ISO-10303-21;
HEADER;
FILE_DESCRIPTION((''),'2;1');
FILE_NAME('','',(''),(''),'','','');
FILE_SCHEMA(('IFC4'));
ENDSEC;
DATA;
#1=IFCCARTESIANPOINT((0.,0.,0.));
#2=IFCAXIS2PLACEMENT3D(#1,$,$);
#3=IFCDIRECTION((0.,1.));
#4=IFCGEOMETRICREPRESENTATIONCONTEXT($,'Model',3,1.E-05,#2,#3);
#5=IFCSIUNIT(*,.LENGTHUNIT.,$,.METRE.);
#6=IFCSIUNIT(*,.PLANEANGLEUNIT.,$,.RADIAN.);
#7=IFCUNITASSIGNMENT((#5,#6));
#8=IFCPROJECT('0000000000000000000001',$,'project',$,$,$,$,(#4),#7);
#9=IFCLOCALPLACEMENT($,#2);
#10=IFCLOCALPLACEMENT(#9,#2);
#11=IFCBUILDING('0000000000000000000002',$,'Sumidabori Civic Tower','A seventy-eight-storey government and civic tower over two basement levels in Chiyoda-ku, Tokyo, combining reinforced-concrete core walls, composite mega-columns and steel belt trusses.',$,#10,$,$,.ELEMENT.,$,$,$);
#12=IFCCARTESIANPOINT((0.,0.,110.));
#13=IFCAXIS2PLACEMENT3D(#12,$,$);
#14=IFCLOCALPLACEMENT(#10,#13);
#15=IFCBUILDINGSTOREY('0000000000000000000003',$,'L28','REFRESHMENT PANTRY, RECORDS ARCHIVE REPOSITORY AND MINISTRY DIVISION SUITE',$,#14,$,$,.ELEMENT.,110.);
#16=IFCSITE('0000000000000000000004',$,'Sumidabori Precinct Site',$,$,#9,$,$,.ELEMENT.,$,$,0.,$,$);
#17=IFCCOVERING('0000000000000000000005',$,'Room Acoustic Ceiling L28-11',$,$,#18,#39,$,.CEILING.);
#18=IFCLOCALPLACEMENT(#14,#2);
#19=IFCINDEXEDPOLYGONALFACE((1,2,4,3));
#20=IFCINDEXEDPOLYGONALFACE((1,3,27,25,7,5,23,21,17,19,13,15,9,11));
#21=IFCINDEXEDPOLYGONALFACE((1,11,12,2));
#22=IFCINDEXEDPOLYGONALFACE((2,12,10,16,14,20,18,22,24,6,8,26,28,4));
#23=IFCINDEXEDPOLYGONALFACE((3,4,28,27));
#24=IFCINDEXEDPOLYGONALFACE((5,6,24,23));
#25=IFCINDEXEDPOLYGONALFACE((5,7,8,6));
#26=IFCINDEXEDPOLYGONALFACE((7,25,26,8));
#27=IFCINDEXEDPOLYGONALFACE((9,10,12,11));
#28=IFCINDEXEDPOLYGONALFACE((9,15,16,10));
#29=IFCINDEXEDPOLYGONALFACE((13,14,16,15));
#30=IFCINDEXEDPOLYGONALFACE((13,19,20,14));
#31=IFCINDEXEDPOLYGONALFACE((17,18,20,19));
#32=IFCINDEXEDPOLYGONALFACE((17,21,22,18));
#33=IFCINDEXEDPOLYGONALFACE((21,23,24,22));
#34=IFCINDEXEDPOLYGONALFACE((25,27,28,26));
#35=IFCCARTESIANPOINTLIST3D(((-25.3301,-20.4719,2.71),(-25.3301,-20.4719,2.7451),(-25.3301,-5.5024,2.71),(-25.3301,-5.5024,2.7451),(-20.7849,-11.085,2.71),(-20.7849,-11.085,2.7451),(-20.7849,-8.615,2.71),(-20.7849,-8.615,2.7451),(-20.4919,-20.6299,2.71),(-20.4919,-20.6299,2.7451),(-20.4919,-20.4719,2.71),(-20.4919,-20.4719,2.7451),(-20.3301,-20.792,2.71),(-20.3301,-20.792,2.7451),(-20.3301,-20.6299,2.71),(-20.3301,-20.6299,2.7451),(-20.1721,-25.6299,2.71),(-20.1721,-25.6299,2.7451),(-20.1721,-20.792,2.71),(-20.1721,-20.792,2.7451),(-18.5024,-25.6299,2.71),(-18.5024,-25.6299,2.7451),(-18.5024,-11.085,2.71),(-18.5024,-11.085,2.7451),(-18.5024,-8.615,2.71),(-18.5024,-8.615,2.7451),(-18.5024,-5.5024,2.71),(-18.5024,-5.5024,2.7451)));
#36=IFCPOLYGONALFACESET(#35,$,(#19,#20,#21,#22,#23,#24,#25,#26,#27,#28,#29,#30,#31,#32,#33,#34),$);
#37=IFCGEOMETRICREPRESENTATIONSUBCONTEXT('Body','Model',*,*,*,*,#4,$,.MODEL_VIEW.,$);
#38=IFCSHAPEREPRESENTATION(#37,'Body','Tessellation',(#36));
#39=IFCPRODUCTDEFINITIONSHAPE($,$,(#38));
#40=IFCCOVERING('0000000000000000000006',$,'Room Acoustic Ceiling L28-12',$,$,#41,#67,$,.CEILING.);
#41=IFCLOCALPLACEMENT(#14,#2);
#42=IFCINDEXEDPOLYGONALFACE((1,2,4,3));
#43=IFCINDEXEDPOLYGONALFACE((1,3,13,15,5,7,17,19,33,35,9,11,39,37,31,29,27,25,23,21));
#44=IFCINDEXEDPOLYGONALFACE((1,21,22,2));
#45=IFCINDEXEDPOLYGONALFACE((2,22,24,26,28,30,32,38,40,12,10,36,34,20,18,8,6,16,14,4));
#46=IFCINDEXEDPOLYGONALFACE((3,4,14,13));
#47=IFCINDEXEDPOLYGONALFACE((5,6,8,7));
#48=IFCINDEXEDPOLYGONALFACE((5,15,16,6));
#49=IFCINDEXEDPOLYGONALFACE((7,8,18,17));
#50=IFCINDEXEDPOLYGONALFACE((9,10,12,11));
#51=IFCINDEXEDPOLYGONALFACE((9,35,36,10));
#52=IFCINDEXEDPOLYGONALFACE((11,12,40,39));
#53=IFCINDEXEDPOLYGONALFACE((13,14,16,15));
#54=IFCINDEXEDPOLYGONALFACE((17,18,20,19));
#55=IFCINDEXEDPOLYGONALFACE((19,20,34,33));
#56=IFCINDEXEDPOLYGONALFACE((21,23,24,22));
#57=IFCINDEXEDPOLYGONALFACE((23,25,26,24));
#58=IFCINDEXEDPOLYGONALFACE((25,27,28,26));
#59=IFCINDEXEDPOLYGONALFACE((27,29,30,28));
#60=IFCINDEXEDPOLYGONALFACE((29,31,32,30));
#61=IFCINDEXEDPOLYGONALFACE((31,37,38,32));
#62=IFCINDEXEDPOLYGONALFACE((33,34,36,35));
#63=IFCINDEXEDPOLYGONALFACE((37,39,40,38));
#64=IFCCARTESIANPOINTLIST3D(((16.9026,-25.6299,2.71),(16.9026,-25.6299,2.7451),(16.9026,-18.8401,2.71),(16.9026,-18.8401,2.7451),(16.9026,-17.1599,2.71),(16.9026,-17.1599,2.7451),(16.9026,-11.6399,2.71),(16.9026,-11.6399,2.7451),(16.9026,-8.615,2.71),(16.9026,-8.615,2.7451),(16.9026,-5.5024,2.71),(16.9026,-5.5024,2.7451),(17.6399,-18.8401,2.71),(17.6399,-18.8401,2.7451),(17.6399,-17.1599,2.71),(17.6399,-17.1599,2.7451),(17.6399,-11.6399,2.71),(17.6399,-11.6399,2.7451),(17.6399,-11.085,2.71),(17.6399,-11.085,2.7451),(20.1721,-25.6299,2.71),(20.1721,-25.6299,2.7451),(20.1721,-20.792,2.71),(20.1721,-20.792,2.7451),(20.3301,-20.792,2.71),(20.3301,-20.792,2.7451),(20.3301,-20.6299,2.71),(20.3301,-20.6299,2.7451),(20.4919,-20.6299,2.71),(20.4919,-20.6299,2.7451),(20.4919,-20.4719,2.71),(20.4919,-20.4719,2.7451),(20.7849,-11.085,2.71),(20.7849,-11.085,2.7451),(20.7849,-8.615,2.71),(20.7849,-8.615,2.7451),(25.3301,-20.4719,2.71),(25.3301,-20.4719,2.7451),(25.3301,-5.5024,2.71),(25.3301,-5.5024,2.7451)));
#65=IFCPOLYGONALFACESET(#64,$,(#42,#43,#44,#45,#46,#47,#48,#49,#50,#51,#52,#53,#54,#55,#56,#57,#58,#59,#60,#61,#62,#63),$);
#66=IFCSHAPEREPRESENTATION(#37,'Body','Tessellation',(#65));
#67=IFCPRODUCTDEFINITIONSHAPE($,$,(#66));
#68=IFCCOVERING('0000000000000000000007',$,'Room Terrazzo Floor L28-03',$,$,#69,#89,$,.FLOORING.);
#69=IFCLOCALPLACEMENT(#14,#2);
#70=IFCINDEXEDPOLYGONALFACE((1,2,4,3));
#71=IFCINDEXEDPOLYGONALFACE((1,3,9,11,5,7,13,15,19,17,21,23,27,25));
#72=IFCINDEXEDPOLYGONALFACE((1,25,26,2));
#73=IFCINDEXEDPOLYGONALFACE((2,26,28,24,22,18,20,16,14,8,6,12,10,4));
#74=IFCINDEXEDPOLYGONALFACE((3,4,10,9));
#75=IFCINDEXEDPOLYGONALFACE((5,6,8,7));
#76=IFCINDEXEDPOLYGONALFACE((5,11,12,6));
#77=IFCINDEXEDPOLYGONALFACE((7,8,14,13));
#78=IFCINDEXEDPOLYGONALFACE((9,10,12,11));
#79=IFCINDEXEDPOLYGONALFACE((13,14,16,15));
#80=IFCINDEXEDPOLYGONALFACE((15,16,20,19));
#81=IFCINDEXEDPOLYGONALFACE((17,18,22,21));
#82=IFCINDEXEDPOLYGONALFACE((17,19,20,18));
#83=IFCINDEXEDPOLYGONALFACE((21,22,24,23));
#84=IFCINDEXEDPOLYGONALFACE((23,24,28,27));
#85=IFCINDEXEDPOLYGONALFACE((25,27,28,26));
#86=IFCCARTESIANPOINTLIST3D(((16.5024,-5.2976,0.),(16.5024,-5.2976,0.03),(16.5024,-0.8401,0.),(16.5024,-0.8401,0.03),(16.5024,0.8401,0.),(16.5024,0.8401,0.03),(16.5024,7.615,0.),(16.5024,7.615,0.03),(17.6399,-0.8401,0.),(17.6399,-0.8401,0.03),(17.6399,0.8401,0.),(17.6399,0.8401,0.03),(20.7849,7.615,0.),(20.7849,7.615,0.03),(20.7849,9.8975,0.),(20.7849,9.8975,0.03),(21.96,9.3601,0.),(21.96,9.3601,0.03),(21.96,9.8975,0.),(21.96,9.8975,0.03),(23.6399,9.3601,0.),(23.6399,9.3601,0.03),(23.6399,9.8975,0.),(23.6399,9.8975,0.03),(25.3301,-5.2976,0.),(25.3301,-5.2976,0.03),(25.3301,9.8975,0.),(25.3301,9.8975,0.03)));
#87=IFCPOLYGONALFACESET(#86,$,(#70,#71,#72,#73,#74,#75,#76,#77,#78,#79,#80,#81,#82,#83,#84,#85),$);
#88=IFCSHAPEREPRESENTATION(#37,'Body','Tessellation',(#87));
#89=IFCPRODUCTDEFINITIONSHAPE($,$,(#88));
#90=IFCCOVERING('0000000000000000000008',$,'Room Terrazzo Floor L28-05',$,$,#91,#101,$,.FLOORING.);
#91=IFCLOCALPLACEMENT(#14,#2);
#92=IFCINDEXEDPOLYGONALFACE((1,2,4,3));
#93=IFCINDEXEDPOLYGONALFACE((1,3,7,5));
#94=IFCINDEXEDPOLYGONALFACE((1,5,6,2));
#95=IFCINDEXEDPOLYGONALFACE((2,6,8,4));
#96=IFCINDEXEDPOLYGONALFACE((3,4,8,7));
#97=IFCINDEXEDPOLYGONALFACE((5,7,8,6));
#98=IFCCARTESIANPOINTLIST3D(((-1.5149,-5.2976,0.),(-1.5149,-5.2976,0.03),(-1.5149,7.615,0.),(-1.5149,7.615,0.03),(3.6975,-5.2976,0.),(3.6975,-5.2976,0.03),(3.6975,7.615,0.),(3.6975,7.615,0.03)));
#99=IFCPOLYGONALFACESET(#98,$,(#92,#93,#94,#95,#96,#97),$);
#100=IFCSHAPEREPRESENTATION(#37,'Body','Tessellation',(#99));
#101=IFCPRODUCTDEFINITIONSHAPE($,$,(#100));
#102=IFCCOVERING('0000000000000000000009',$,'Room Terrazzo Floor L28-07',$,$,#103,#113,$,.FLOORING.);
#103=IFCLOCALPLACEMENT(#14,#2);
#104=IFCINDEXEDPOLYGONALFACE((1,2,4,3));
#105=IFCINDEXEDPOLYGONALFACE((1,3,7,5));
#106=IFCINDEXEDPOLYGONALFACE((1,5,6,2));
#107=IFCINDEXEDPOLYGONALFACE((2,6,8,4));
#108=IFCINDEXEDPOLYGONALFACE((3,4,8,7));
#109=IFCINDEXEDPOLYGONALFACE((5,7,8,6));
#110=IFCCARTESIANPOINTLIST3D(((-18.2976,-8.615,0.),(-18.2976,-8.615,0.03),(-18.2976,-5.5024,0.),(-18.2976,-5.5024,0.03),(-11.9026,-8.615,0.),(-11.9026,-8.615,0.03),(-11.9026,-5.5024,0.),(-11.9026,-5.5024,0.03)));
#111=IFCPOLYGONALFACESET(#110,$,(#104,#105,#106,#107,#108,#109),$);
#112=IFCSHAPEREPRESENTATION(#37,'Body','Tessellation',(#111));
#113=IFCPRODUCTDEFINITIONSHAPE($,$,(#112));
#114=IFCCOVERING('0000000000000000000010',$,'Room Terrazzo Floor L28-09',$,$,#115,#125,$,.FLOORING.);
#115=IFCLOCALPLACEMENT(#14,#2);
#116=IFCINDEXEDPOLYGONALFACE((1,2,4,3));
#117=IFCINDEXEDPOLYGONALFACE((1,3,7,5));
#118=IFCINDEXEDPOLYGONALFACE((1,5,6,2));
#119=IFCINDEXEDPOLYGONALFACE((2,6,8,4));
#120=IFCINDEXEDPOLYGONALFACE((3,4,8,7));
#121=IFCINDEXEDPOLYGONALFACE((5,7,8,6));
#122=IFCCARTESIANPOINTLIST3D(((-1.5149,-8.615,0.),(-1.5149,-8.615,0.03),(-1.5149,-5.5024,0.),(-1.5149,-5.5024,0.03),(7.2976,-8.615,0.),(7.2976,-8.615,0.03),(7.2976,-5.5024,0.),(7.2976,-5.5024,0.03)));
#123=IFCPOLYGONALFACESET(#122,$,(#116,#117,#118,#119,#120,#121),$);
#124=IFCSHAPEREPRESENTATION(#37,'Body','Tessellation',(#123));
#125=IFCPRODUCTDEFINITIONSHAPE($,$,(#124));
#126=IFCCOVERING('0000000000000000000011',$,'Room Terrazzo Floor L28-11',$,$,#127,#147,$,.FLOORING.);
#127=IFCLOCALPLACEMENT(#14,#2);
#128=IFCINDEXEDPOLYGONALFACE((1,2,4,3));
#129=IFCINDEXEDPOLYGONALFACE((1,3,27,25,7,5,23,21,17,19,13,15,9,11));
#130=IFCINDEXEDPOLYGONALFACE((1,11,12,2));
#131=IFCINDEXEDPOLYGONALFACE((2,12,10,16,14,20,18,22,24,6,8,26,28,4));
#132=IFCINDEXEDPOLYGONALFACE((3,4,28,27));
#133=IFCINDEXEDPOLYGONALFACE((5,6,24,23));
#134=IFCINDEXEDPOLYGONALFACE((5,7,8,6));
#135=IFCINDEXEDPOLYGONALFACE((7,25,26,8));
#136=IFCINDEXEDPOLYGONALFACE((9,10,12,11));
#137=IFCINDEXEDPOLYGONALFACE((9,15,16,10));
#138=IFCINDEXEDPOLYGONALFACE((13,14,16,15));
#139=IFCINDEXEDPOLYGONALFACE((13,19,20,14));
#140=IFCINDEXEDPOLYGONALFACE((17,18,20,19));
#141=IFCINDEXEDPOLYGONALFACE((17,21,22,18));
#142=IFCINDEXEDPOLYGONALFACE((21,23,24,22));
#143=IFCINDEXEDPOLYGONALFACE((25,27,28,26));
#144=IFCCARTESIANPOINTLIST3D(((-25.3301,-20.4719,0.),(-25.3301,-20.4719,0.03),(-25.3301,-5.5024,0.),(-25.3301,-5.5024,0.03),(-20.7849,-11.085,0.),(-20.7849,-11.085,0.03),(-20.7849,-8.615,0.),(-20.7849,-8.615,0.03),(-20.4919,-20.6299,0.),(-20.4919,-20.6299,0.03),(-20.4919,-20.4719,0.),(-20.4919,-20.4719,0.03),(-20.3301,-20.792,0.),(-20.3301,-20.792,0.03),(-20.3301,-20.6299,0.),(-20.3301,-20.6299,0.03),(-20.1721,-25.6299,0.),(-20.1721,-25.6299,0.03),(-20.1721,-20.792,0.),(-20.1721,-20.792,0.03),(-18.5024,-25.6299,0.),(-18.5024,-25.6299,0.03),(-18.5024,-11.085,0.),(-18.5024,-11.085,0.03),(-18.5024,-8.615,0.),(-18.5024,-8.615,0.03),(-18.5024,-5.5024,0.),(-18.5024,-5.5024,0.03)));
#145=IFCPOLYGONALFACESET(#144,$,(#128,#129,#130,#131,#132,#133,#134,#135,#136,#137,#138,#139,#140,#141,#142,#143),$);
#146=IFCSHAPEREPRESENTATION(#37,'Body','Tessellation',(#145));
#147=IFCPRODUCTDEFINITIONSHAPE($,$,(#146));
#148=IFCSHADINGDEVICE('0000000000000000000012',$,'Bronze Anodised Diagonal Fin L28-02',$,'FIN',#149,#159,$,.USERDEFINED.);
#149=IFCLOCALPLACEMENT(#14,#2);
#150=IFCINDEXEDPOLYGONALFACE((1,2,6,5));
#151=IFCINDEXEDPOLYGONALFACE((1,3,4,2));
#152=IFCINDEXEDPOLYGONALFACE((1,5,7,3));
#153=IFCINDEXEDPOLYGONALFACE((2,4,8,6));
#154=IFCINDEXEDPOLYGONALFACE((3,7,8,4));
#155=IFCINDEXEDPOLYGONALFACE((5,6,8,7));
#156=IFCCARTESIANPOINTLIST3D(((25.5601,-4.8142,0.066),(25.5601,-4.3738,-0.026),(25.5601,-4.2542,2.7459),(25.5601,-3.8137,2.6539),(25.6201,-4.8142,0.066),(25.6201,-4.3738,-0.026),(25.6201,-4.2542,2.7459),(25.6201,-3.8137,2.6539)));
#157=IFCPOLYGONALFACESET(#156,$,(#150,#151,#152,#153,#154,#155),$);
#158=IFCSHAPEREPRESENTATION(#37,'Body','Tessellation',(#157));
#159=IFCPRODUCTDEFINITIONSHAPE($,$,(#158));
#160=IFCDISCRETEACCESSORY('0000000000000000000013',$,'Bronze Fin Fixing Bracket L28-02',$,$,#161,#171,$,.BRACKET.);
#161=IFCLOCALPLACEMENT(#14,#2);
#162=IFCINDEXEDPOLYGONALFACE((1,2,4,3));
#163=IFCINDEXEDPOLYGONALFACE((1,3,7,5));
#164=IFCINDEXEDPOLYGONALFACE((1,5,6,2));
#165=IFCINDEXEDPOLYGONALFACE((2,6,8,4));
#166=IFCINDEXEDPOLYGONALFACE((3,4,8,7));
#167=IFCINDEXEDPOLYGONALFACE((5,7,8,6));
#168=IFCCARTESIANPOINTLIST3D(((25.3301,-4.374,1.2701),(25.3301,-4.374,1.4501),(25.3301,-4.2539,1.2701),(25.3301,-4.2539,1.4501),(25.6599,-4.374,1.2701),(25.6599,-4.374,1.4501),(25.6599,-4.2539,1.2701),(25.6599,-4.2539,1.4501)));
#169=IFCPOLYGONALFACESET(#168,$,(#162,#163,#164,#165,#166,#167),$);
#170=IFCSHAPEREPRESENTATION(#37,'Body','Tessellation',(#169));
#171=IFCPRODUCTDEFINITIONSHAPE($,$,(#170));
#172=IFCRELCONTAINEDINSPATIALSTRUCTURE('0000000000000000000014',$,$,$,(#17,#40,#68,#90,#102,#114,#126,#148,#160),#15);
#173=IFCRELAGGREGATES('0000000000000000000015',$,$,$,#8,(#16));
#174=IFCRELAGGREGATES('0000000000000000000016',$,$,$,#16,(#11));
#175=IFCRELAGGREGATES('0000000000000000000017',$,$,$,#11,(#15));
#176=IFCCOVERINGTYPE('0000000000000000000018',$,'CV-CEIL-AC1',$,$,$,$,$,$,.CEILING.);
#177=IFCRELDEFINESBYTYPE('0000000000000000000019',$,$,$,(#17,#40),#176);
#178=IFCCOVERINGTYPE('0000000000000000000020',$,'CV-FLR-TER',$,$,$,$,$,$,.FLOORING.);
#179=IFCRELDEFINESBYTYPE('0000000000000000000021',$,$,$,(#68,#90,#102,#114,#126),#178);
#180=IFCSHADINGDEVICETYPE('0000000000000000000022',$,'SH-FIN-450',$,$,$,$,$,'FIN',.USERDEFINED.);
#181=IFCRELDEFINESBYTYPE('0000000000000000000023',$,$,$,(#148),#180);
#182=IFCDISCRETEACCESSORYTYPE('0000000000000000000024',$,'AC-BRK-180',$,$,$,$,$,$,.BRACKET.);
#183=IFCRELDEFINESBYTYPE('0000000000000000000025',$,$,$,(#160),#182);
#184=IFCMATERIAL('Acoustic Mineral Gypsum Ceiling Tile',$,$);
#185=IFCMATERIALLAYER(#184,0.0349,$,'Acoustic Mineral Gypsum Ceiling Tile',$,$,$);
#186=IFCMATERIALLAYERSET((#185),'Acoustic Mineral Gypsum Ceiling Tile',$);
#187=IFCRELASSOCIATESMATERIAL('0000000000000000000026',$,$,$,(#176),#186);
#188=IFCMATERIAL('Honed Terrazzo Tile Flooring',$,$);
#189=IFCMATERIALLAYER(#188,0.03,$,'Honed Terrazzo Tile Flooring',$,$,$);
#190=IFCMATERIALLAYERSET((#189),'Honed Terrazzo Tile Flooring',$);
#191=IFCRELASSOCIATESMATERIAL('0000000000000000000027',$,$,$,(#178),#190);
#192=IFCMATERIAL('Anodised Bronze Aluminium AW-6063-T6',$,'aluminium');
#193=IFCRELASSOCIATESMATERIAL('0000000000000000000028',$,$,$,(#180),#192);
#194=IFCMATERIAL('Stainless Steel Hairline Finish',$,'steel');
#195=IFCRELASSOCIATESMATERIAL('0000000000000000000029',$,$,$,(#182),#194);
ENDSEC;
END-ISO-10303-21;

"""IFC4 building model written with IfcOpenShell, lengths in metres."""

from ifc_helpers import new_model, si_unit, direction, frame, origin, origin_2d, place, context, subcontext, project, spatial, polyline, rectangle, outline, extrude, source, transform, mapped, material, layer, layer_set, material_profile, profile_set, type_object, element, save


model = new_model("IFC4")

# Units and contexts
model_context = context("Model", 3, precision=1e-05, world=origin(), true_north=direction((0.0, 1.0)))
body_context = subcontext(model_context, "Body", "Model", "MODEL_VIEW")
ifc_project = project(units=[si_unit("LENGTHUNIT", "METRE"), si_unit("PLANEANGLEUNIT", "RADIAN")], contexts=[model_context])

# Site, building, storey
site_placement = place(None, origin())
site = spatial("IfcSite", under=ifc_project, at=site_placement, Name="Sumidabori Precinct Site", CompositionType="ELEMENT", RefElevation=0.0)
building_placement = place(site_placement, origin())
building = spatial("IfcBuilding", under=site, at=building_placement, Name="Sumidabori Civic Tower", Description="A seventy-eight-storey government and civic tower over two basement levels in Chiyoda-ku, Tokyo, combining reinforced-concrete core walls, composite mega-columns and steel belt trusses.", CompositionType="ELEMENT")
storey_placement = place(building_placement, frame((0.0, 0.0, 110.0)))
storey = spatial("IfcBuildingStorey", under=building, at=storey_placement, Name="L28", Description="REFRESHMENT PANTRY, RECORDS ARCHIVE REPOSITORY AND MINISTRY DIVISION SUITE", CompositionType="ELEMENT", Elevation=110.0)

# Shared definitions
ifc_material_1 = material(Name="Anodised Bronze Aluminium AW-6063-T6", Category="aluminium")

# Coverings
ifc_material_2 = material(Name="Acoustic Mineral Gypsum Ceiling Tile")
ifc_layer_1 = layer(ifc_material_2, 0.0349, Name="Acoustic Mineral Gypsum Ceiling Tile")
ifc_layer_set_1 = layer_set([ifc_layer_1], Name="Acoustic Mineral Gypsum Ceiling Tile")
covering_type_1 = type_object("IfcCoveringType", Name="CV-CEIL-AC1", PredefinedType="CEILING", material=ifc_layer_set_1)
covering_1_placement = place(storey_placement, frame((0.0, 0.0, 2.71)))
element("IfcCovering", 1, at=covering_1_placement, inside=storey, type_object=covering_type_1, Name="Room Acoustic Ceiling L28-11", PredefinedType="CEILING", context=body_context, shape_type="SweptSolid", body=[
    extrude(outline(polyline([(-25.3301, -20.4719), (-25.3301, -5.5024), (-18.5024, -5.5024), (-18.5024, -8.615), (-20.7849, -8.615), (-20.7849, -11.085), (-18.5024, -11.085), (-18.5024, -25.6299), (-20.1721, -25.6299), (-20.1721, -20.792), (-20.3301, -20.792), (-20.3301, -20.6299), (-20.4919, -20.6299), (-20.4919, -20.4719), (-25.3301, -20.4719)])), origin(), (0.0, 0.0, 1.0), 0.0352),
])
covering_2_placement = place(storey_placement, frame((0.0, 0.0, 2.71)))
element("IfcCovering", 2, at=covering_2_placement, inside=storey, type_object=covering_type_1, Name="Room Acoustic Ceiling L28-12", PredefinedType="CEILING", context=body_context, shape_type="SweptSolid", body=[
    extrude(outline(polyline([(16.9026, -18.8401), (17.6399, -18.8401), (17.6399, -17.1599), (16.9026, -17.1599), (16.9026, -11.6399), (17.6399, -11.6399), (17.6399, -11.085), (20.7849, -11.085), (20.7849, -8.615), (16.9026, -8.615), (16.9026, -5.5024), (25.3301, -5.5024), (25.3301, -20.4719), (20.4919, -20.4719), (20.4919, -20.6299), (20.3301, -20.6299), (20.3301, -20.792), (20.1721, -20.792), (20.1721, -25.6299), (16.9026, -25.6299), (16.9026, -18.8401)])), origin(), (0.0, 0.0, 1.0), 0.0352),
])
ifc_material_3 = material(Name="Honed Terrazzo Tile Flooring")
ifc_layer_2 = layer(ifc_material_3, 0.03, Name="Honed Terrazzo Tile Flooring")
ifc_layer_set_2 = layer_set([ifc_layer_2], Name="Honed Terrazzo Tile Flooring")
covering_type_2 = type_object("IfcCoveringType", Name="CV-FLR-TER", PredefinedType="FLOORING", material=ifc_layer_set_2)
covering_3_placement = place(storey_placement, origin())
element("IfcCovering", 3, at=covering_3_placement, inside=storey, type_object=covering_type_2, Name="Room Terrazzo Floor L28-03", PredefinedType="FLOORING", context=body_context, shape_type="SweptSolid", body=[
    extrude(outline(polyline([(16.5024, -0.8401), (17.6399, -0.8401), (17.6399, 0.8401), (16.5024, 0.8401), (16.5024, 7.615), (20.7849, 7.615), (20.7849, 9.8975), (21.96, 9.8975), (21.96, 9.3601), (23.6399, 9.3601), (23.6399, 9.8975), (25.3301, 9.8975), (25.3301, -5.2976), (16.5024, -5.2976), (16.5024, -0.8401)])), origin(), (0.0, 0.0, 1.0), 0.03),
])
covering_4_placement = place(storey_placement, origin())
element("IfcCovering", 4, at=covering_4_placement, inside=storey, type_object=covering_type_2, Name="Room Terrazzo Floor L28-05", PredefinedType="FLOORING", context=body_context, shape_type="SweptSolid", body=[
    extrude(outline(polyline([(-1.5149, 7.615), (3.6975, 7.615), (3.6975, -5.2976), (-1.5149, -5.2976), (-1.5149, 7.615)])), origin(), (0.0, 0.0, 1.0), 0.03),
])
covering_5_placement = place(storey_placement, origin())
element("IfcCovering", 5, at=covering_5_placement, inside=storey, type_object=covering_type_2, Name="Room Terrazzo Floor L28-07", PredefinedType="FLOORING", context=body_context, shape_type="SweptSolid", body=[
    extrude(outline(polyline([(-18.2976, -8.615), (-18.2976, -5.5024), (-11.9026, -5.5024), (-11.9026, -8.615), (-18.2976, -8.615)])), origin(), (0.0, 0.0, 1.0), 0.03),
])
covering_6_placement = place(storey_placement, origin())
element("IfcCovering", 6, at=covering_6_placement, inside=storey, type_object=covering_type_2, Name="Room Terrazzo Floor L28-09", PredefinedType="FLOORING", context=body_context, shape_type="SweptSolid", body=[
    extrude(outline(polyline([(-1.5149, -8.615), (-1.5149, -5.5024), (7.2976, -5.5024), (7.2976, -8.615), (-1.5149, -8.615)])), origin(), (0.0, 0.0, 1.0), 0.03),
])
covering_7_placement = place(storey_placement, origin())
element("IfcCovering", 7, at=covering_7_placement, inside=storey, type_object=covering_type_2, Name="Room Terrazzo Floor L28-11", PredefinedType="FLOORING", context=body_context, shape_type="SweptSolid", body=[
    extrude(outline(polyline([(-25.3301, -20.4719), (-25.3301, -5.5024), (-18.5024, -5.5024), (-18.5024, -8.615), (-20.7849, -8.615), (-20.7849, -11.085), (-18.5024, -11.085), (-18.5024, -25.6299), (-20.1721, -25.6299), (-20.1721, -20.792), (-20.3301, -20.792), (-20.3301, -20.6299), (-20.4919, -20.6299), (-20.4919, -20.4719), (-25.3301, -20.4719)])), origin(), (0.0, 0.0, 1.0), 0.03),
])

# Shading device
ifc_material_profile_1 = material_profile(ifc_material_1, rectangle(XDim=0.0601, YDim=0.45, at=origin_2d()), Name="BRONZE FIN 450x60")
ifc_profile_set_1 = profile_set([ifc_material_profile_1], Name="Anodised Bronze Aluminium AW-6063-T6")
shading_device_type = type_object("IfcShadingDeviceType", Name="SH-FIN-450", ElementType="FIN", PredefinedType="USERDEFINED", material=ifc_profile_set_1)
shared_shape_1 = source(origin(), body_context, "Body", "SweptSolid", [
    extrude(rectangle(XDim=0.0601, YDim=0.45, at=origin_2d()), origin(), (0.0, 0.0, 1.0), 2.7378),
])
shading_device_placement = place(storey_placement, frame((25.5901, -4.594, 0.02), z_axis=(0.0, 0.204563, 0.978853), x_axis=(-1.0, 0.0, 0.0)))
element("IfcShadingDevice", 8, at=shading_device_placement, inside=storey, type_object=shading_device_type, Name="Bronze Anodised Diagonal Fin L28-02", ObjectType="FIN", PredefinedType="USERDEFINED", context=body_context, shape_type="MappedRepresentation", body=[
    mapped(shared_shape_1, transform((0.0, 0.0, 0.0), x_axis=(1.0, 0.0, 0.0), y_axis=(0.0, 1.0, 0.0), z_axis=(0.0, 0.0, 1.0), scale=1.0)),
])

# Discrete accessory
ifc_material_4 = material(Name="Stainless Steel Hairline Finish", Category="steel")
ifc_material_profile_2 = material_profile(ifc_material_4, rectangle(XDim=0.1201, YDim=0.1799, at=origin_2d()), Name="STEEL BRACKET 180x120")
ifc_profile_set_2 = profile_set([ifc_material_profile_2], Name="Stainless Steel Hairline Finish")
discrete_accessory_type = type_object("IfcDiscreteAccessoryType", Name="AC-BRK-180", PredefinedType="BRACKET", material=ifc_profile_set_2)
shared_shape_2 = source(origin(), body_context, "Body", "SweptSolid", [
    extrude(rectangle(XDim=0.1201, YDim=0.1799, at=origin_2d()), origin(), (0.0, 0.0, 1.0), 0.3298),
])
discrete_accessory_placement = place(storey_placement, frame((25.3301, -4.314, 1.3601), z_axis=(1.0, 0.0, 0.0), x_axis=(0.0, 1.0, 0.0)))
element("IfcDiscreteAccessory", 9, at=discrete_accessory_placement, inside=storey, type_object=discrete_accessory_type, Name="Bronze Fin Fixing Bracket L28-02", PredefinedType="BRACKET", context=body_context, shape_type="MappedRepresentation", body=[
    mapped(shared_shape_2, transform((0.0, 0.0, 0.0), x_axis=(1.0, 0.0, 0.0), y_axis=(0.0, 1.0, 0.0), z_axis=(0.0, 0.0, 1.0), scale=1.0)),
])

save(model, "model.ifc")
